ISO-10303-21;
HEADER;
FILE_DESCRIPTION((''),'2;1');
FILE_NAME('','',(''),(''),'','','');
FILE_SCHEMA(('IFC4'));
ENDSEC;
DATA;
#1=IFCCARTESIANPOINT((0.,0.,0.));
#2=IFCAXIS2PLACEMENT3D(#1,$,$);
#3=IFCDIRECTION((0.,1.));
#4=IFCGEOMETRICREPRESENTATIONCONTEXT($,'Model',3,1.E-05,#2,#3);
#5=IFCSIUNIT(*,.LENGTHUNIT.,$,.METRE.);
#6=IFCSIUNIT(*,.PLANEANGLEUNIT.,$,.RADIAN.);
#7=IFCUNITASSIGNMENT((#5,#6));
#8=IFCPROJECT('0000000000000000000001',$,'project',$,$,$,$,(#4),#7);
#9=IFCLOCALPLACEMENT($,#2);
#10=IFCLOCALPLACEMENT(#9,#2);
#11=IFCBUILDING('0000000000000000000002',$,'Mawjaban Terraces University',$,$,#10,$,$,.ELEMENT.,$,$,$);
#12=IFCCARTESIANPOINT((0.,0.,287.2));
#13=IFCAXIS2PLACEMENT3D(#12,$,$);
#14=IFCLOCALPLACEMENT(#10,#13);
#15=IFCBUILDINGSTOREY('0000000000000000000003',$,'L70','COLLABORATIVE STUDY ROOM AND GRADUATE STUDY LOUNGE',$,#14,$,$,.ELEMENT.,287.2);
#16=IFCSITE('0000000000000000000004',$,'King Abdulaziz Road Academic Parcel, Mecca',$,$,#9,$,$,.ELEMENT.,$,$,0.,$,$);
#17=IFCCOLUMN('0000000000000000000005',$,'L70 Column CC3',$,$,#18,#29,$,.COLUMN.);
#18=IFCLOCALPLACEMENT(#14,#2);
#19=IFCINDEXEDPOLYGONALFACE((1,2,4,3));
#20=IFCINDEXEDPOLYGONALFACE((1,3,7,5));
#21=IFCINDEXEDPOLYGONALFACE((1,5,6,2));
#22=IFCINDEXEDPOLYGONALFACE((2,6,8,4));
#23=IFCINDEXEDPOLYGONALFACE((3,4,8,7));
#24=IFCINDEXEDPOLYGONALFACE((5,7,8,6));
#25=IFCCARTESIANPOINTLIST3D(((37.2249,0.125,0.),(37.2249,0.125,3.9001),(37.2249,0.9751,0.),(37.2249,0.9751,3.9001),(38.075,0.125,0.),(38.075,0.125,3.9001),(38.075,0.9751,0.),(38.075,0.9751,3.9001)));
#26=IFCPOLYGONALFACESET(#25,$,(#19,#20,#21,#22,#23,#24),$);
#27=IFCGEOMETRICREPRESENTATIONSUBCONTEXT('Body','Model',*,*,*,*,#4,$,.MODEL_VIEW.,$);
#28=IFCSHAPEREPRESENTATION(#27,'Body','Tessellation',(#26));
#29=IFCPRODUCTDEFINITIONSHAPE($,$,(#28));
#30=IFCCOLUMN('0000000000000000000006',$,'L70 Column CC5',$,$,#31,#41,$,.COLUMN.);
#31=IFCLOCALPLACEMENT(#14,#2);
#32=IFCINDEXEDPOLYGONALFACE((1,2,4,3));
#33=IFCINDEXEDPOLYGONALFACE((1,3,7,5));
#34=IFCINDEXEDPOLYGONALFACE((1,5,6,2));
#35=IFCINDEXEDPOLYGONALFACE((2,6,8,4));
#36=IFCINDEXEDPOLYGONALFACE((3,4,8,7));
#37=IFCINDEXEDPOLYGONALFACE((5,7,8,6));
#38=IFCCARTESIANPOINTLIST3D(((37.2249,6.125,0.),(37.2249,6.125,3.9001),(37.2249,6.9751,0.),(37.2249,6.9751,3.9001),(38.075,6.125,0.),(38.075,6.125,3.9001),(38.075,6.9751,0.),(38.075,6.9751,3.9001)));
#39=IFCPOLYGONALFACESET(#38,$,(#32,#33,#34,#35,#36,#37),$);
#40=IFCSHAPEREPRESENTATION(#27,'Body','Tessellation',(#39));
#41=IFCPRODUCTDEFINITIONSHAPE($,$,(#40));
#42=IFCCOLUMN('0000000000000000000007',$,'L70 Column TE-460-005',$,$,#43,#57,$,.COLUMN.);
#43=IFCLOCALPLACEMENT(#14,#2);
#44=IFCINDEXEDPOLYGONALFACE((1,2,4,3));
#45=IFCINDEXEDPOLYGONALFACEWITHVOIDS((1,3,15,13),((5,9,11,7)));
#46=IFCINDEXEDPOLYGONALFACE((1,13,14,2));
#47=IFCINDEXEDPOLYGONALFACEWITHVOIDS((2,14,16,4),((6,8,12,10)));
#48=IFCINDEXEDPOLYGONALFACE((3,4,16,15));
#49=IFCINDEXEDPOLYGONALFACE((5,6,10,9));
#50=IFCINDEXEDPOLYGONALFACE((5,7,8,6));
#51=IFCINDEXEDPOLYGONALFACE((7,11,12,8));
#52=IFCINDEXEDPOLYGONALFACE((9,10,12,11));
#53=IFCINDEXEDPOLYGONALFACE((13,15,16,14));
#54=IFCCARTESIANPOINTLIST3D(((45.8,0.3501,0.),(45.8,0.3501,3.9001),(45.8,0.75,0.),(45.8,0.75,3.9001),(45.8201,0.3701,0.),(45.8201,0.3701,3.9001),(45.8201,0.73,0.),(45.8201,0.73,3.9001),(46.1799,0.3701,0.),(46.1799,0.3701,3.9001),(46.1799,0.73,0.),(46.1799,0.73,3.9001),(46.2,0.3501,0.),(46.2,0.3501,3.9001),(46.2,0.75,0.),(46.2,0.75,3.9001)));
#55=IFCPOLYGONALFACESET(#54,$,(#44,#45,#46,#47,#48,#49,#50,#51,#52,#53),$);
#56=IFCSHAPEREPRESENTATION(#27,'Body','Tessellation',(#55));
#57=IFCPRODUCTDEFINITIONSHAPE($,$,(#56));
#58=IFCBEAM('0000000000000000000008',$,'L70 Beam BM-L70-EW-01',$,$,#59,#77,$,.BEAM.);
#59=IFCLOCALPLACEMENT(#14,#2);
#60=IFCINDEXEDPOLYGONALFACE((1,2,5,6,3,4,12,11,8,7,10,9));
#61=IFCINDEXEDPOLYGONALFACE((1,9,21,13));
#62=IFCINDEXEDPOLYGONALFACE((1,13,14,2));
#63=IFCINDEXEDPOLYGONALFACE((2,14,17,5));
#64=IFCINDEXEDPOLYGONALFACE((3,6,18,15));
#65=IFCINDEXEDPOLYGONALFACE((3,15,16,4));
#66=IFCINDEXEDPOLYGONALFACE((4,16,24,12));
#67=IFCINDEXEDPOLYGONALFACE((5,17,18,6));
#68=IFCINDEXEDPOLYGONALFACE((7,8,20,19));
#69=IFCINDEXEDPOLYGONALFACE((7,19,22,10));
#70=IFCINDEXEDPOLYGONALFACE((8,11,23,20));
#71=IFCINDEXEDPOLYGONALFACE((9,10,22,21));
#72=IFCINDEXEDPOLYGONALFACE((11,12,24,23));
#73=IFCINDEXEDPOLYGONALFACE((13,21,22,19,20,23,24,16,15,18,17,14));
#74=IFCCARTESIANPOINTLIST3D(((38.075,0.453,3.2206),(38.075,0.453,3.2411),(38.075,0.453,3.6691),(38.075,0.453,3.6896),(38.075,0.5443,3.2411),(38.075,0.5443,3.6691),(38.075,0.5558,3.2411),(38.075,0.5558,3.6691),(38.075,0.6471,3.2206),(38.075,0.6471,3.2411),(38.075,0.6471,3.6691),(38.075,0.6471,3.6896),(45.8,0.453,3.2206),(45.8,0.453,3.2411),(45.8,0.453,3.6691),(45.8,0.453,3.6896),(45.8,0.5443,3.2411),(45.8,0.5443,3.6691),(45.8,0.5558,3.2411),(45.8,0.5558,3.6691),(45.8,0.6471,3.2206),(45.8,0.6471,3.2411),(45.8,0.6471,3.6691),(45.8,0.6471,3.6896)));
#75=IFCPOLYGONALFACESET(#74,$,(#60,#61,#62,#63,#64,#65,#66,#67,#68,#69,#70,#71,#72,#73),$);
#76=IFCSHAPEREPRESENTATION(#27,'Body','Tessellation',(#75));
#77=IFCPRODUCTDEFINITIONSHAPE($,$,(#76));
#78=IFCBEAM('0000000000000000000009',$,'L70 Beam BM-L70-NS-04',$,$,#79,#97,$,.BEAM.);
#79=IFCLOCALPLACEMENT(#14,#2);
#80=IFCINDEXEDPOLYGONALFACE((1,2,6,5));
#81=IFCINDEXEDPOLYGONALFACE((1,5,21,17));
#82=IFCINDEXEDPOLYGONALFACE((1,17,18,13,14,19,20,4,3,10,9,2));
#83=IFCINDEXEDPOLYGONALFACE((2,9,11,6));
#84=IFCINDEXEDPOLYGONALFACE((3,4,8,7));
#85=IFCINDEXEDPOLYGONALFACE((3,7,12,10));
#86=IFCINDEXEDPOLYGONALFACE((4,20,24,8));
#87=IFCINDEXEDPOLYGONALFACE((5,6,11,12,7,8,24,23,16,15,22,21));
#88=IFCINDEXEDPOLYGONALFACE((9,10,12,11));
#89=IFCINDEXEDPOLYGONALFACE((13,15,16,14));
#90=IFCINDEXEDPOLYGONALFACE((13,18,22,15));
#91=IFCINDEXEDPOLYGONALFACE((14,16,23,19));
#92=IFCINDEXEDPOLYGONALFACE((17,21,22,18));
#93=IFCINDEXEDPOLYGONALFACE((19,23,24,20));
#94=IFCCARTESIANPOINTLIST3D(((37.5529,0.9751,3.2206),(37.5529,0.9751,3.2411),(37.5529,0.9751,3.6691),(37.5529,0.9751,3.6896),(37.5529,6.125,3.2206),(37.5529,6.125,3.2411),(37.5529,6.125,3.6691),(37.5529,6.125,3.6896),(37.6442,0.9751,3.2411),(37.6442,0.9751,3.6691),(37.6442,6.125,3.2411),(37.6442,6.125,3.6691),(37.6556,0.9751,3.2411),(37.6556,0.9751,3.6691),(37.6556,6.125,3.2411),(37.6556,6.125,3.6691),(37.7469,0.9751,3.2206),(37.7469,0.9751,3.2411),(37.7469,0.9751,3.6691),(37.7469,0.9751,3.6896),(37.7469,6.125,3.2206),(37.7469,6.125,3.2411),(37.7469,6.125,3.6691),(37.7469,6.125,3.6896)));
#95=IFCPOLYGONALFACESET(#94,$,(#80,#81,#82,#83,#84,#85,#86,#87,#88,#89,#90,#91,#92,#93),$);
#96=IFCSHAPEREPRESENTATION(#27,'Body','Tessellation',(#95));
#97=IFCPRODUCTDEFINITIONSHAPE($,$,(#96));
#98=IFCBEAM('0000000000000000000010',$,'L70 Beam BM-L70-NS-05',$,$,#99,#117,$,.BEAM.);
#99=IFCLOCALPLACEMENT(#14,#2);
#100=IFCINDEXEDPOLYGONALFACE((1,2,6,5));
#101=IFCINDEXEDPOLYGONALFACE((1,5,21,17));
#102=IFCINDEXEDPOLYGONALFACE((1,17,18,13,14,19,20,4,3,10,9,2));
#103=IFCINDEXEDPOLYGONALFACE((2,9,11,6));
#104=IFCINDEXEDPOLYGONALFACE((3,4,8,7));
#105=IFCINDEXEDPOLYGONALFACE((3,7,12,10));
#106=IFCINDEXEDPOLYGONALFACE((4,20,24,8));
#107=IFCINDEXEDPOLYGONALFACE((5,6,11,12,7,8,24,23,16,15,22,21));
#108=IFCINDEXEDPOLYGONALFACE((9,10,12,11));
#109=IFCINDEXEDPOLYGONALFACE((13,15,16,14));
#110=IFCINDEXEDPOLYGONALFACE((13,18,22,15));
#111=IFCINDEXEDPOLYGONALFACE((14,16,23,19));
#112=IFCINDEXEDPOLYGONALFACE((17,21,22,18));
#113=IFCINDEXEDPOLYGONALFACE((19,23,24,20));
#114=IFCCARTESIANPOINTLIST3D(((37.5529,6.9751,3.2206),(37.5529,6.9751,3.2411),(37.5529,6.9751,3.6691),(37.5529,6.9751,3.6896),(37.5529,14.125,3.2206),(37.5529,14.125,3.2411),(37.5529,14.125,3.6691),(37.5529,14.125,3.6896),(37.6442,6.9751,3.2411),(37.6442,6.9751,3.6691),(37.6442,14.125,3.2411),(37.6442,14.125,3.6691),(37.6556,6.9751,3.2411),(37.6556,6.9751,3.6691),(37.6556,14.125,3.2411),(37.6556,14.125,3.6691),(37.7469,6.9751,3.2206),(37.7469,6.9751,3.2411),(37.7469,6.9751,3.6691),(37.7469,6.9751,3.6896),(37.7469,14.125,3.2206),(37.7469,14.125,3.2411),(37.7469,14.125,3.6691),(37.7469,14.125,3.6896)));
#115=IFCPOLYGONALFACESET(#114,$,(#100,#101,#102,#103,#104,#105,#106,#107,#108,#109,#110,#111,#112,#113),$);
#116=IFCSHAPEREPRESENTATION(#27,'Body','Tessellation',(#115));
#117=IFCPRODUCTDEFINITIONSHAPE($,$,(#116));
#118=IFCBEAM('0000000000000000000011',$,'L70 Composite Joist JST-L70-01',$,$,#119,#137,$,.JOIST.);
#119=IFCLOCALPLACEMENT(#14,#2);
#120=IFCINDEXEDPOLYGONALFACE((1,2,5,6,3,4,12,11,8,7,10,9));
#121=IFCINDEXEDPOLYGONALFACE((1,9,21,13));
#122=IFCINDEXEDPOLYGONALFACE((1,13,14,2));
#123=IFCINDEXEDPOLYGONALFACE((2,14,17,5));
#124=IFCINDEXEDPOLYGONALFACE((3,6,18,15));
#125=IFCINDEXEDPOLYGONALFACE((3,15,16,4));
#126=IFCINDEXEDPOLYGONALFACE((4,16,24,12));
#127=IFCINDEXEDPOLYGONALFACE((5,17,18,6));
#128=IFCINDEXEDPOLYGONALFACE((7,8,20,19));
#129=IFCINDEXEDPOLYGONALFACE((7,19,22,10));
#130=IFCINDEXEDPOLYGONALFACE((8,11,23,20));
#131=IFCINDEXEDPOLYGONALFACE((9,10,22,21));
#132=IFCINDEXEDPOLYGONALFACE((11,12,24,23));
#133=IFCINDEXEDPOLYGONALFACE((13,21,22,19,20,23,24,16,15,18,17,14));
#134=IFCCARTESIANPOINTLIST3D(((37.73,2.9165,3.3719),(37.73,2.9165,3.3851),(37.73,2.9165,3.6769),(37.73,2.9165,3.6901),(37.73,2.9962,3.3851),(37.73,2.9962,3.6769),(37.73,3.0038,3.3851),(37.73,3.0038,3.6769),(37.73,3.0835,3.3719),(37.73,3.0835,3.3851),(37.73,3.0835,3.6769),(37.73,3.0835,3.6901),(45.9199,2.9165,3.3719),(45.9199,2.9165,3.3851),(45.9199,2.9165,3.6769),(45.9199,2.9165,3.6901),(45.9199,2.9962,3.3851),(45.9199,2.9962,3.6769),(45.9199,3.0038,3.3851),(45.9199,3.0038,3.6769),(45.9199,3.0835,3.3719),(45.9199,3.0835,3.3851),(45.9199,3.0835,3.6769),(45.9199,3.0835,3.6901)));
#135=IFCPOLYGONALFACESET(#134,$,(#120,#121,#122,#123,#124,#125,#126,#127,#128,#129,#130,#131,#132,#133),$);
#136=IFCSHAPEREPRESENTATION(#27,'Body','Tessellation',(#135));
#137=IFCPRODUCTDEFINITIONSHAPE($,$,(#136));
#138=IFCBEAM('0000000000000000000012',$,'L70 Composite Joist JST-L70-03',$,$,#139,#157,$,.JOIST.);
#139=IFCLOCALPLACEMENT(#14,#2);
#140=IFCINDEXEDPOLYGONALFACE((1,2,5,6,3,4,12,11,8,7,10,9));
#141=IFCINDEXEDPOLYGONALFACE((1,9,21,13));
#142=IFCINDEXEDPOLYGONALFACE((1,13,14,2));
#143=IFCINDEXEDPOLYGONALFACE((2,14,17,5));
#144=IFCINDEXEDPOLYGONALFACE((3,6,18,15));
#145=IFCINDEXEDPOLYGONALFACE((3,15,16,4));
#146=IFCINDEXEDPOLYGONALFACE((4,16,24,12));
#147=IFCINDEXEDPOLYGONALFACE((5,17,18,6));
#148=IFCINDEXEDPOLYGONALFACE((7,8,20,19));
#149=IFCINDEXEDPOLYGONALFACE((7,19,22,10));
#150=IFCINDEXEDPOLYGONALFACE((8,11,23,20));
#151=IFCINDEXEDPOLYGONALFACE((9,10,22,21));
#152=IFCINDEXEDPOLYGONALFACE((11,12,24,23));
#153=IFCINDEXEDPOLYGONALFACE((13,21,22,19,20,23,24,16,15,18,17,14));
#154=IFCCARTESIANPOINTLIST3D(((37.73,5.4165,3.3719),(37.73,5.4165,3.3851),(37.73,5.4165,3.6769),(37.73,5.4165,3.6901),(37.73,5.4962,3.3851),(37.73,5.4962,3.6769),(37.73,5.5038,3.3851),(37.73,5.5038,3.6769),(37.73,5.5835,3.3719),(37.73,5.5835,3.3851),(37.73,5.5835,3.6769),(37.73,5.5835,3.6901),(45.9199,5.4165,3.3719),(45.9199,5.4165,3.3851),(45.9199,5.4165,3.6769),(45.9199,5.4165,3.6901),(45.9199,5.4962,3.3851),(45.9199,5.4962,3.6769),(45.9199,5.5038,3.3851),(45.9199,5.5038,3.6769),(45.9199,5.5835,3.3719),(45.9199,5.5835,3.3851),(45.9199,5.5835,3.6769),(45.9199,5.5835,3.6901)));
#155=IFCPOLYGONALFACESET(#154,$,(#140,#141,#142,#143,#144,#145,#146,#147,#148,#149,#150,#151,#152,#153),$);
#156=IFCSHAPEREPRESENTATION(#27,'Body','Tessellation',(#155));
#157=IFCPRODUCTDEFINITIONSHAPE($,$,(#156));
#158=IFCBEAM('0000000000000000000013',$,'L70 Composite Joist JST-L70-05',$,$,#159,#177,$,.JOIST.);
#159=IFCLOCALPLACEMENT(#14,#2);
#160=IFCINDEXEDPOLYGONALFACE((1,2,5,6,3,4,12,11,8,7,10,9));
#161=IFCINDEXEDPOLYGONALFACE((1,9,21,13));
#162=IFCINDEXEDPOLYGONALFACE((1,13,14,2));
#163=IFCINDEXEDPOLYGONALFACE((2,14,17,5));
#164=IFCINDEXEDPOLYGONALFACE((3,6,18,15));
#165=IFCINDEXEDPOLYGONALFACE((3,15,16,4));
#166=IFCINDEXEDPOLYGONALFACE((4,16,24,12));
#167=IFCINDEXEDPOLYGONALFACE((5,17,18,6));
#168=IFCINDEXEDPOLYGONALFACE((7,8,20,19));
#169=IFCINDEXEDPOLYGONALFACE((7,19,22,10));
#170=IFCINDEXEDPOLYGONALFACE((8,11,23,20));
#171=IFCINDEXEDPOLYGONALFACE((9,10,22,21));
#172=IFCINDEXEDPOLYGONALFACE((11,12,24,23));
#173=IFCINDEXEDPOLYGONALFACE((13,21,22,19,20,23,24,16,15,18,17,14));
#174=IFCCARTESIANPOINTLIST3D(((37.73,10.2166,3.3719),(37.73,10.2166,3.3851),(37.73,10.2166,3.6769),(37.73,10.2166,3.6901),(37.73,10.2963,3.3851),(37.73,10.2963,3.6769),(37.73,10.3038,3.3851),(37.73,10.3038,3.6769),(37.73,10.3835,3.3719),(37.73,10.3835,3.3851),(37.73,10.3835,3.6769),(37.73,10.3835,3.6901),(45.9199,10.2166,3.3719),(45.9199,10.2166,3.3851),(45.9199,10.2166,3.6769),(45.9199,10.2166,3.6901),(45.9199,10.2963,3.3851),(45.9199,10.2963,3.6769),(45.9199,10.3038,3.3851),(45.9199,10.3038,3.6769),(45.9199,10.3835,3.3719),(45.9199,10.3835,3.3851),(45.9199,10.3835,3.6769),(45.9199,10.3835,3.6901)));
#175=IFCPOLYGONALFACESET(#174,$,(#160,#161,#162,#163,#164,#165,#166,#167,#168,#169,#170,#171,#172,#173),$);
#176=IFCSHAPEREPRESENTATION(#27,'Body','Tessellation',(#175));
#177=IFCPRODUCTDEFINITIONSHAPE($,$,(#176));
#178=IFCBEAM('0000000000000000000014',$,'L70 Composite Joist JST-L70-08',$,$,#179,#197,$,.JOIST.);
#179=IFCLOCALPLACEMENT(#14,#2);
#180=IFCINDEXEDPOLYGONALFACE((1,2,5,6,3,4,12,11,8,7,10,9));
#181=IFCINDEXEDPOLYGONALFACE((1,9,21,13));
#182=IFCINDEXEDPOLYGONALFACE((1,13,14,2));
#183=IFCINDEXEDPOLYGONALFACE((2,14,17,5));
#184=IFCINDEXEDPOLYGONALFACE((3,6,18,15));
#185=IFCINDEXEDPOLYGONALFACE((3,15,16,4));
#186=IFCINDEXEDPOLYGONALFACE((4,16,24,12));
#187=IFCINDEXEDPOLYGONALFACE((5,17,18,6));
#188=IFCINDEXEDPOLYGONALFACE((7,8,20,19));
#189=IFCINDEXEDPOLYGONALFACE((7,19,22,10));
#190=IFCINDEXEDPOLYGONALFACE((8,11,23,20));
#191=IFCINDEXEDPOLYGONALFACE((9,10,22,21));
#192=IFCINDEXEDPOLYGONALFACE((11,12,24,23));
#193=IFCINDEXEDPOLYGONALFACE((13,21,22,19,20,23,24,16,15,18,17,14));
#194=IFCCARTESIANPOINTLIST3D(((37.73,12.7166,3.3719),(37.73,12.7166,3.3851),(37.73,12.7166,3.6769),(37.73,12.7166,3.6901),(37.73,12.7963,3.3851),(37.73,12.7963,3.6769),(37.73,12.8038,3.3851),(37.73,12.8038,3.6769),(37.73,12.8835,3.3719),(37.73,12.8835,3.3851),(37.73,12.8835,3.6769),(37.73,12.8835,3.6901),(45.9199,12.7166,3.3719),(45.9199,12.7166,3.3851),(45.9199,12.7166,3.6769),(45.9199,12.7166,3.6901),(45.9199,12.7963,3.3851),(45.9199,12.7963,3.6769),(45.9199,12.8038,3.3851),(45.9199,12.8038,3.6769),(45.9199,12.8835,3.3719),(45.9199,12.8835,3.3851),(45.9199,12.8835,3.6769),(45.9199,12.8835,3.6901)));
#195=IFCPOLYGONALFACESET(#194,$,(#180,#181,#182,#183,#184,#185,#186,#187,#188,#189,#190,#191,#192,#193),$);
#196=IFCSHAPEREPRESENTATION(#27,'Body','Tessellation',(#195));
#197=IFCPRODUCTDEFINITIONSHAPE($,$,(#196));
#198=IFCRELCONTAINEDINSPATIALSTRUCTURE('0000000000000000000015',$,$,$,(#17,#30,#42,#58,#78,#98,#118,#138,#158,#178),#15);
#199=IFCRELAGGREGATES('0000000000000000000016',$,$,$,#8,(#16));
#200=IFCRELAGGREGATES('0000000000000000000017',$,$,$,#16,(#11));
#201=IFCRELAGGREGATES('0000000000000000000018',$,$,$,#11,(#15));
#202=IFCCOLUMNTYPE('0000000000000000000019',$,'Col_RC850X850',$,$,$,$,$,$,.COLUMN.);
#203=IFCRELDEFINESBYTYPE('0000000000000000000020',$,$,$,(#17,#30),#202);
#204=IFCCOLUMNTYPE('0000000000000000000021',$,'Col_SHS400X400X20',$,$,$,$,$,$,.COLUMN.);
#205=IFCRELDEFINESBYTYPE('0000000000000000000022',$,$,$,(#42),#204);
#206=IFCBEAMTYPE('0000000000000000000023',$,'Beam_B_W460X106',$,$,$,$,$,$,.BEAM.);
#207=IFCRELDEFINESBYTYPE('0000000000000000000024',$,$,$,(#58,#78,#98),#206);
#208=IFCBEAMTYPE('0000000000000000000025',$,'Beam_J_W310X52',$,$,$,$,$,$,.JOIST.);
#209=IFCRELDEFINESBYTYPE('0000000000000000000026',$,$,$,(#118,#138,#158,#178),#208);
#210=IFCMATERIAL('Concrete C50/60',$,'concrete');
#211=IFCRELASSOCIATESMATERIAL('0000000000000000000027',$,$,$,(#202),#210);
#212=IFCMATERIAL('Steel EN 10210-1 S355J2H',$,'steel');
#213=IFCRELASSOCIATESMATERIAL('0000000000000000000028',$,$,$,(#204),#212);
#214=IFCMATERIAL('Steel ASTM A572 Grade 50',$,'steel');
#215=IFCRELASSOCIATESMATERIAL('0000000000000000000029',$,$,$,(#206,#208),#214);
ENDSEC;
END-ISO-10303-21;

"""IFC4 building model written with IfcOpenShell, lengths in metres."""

from ifc_helpers import new_model, si_unit, direction, frame, origin, origin_2d, place, context, subcontext, project, spatial, rectangle, hollow_rectangle, i_section, extrude, material, material_profile, profile_set, type_object, element, save


model = new_model("IFC4")

# Units and contexts
model_context = context("Model", 3, precision=1e-05, world=origin(), true_north=direction((0.0, 1.0)))
body_context = subcontext(model_context, "Body", "Model", "MODEL_VIEW")
ifc_project = project(units=[si_unit("LENGTHUNIT", "METRE"), si_unit("PLANEANGLEUNIT", "RADIAN")], contexts=[model_context])

# Site, building, storey
site_placement = place(None, origin())
site = spatial("IfcSite", under=ifc_project, at=site_placement, Name="King Abdulaziz Road Academic Parcel, Mecca", CompositionType="ELEMENT", RefElevation=0.0)
building_placement = place(site_placement, origin())
building = spatial("IfcBuilding", under=site, at=building_placement, Name="Mawjaban Terraces University", CompositionType="ELEMENT")
storey_placement = place(building_placement, frame((0.0, 0.0, 287.2)))
storey = spatial("IfcBuildingStorey", under=building, at=storey_placement, Name="L70", Description="COLLABORATIVE STUDY ROOM AND GRADUATE STUDY LOUNGE", CompositionType="ELEMENT", Elevation=287.2)

# Columns
ifc_material_1 = material(Name="Concrete C50/60", Category="concrete")
ifc_material_profile_1 = material_profile(ifc_material_1, rectangle(XDim=0.8501, YDim=0.8501, at=origin_2d()), Name="RC850X850")
ifc_profile_set_1 = profile_set([ifc_material_profile_1], Name="Concrete C50/60")
column_type_1 = type_object("IfcColumnType", Name="Col_RC850X850", PredefinedType="COLUMN", material=ifc_profile_set_1)
for number, where, z_axis, x_axis, name in (
    (1, (37.6499, 0.55, 0.0), (0.0, 0.0, 1.0), (1.0, 0.0, 0.0), "L70 Column CC3"),
    (2, (37.6499, 6.55, 0.0), (0.0, 0.0, 1.0), (1.0, 0.0, 0.0), "L70 Column CC5"),
):
    element("IfcColumn", number, at=place(storey_placement, frame(where, z_axis=z_axis, x_axis=x_axis)), inside=storey, type_object=column_type_1, Name=name, PredefinedType="COLUMN", context=body_context, shape_type="SweptSolid", body=[
        extrude(rectangle(XDim=0.8501, YDim=0.8501, at=origin_2d()), origin(), (0.0, 0.0, 1.0), 3.9001),
    ])
ifc_material_2 = material(Name="Steel EN 10210-1 S355J2H", Category="steel")
ifc_material_profile_2 = material_profile(ifc_material_2, hollow_rectangle(XDim=0.3999, YDim=0.3999, WallThickness=0.02, at=origin_2d()), Name="SHS400X400X20")
ifc_profile_set_2 = profile_set([ifc_material_profile_2], Name="Steel EN 10210-1 S355J2H")
column_type_2 = type_object("IfcColumnType", Name="Col_SHS400X400X20", PredefinedType="COLUMN", material=ifc_profile_set_2)
column_placement = place(storey_placement, frame((46.0, 0.55, 0.0), z_axis=(0.0, 0.0, 1.0), x_axis=(1.0, 0.0, 0.0)))
element("IfcColumn", 3, at=column_placement, inside=storey, type_object=column_type_2, Name="L70 Column TE-460-005", PredefinedType="COLUMN", context=body_context, shape_type="SweptSolid", body=[
    extrude(hollow_rectangle(XDim=0.3999, YDim=0.3999, WallThickness=0.02, at=origin_2d()), origin(), (0.0, 0.0, 1.0), 3.9001),
])

# Beams
ifc_material_3 = material(Name="Steel ASTM A572 Grade 50", Category="steel")
ifc_material_profile_3 = material_profile(ifc_material_3, i_section(OverallWidth=0.1941, OverallDepth=0.469, WebThickness=0.0115, FlangeThickness=0.0205, at=origin_2d()), Name="W460X106")
ifc_profile_set_3 = profile_set([ifc_material_profile_3], Name="Steel ASTM A572 Grade 50")
beam_type_1 = type_object("IfcBeamType", Name="Beam_B_W460X106", PredefinedType="BEAM", material=ifc_profile_set_3)
beam_1_placement = place(storey_placement, frame((38.075, 0.55, 3.4551), z_axis=(1.0, 0.0, 0.0), x_axis=(0.0, 1.0, 0.0)))
element("IfcBeam", 4, at=beam_1_placement, inside=storey, type_object=beam_type_1, Name="L70 Beam BM-L70-EW-01", PredefinedType="BEAM", context=body_context, shape_type="SweptSolid", body=[
    extrude(i_section(OverallWidth=0.1941, OverallDepth=0.469, WebThickness=0.0115, FlangeThickness=0.0205, at=origin_2d()), origin(), (0.0, 0.0, 1.0), 7.7251),
])
beam_2_placement = place(storey_placement, frame((37.6499, 0.9751, 3.4551), z_axis=(0.0, 1.0, 0.0), x_axis=(-1.0, 0.0, 0.0)))
element("IfcBeam", 5, at=beam_2_placement, inside=storey, type_object=beam_type_1, Name="L70 Beam BM-L70-NS-04", PredefinedType="BEAM", context=body_context, shape_type="SweptSolid", body=[
    extrude(i_section(OverallWidth=0.1941, OverallDepth=0.469, WebThickness=0.0115, FlangeThickness=0.0205, at=origin_2d()), origin(), (0.0, 0.0, 1.0), 5.1499),
])
beam_3_placement = place(storey_placement, frame((37.6499, 6.9751, 3.4551), z_axis=(0.0, 1.0, 0.0), x_axis=(-1.0, 0.0, 0.0)))
element("IfcBeam", 6, at=beam_3_placement, inside=storey, type_object=beam_type_1, Name="L70 Beam BM-L70-NS-05", PredefinedType="BEAM", context=body_context, shape_type="SweptSolid", body=[
    extrude(i_section(OverallWidth=0.1941, OverallDepth=0.469, WebThickness=0.0115, FlangeThickness=0.0205, at=origin_2d()), origin(), (0.0, 0.0, 1.0), 7.1499),
])
ifc_material_profile_4 = material_profile(ifc_material_3, i_section(OverallWidth=0.167, OverallDepth=0.3181, WebThickness=0.0076, FlangeThickness=0.0132, at=origin_2d()), Name="W310X52")
ifc_profile_set_4 = profile_set([ifc_material_profile_4], Name="Steel ASTM A572 Grade 50")
beam_type_2 = type_object("IfcBeamType", Name="Beam_J_W310X52", PredefinedType="JOIST", material=ifc_profile_set_4)
for number, where, z_axis, x_axis, name in (
    (7, (37.73, 3.0, 3.531), (1.0, 0.0, 0.0), (0.0, 1.0, 0.0), "L70 Composite Joist JST-L70-01"),
    (8, (37.73, 5.5, 3.531), (1.0, 0.0, 0.0), (0.0, 1.0, 0.0), "L70 Composite Joist JST-L70-03"),
    (9, (37.73, 10.3, 3.531), (1.0, 0.0, 0.0), (0.0, 1.0, 0.0), "L70 Composite Joist JST-L70-05"),
    (10, (37.73, 12.8, 3.531), (1.0, 0.0, 0.0), (0.0, 1.0, 0.0), "L70 Composite Joist JST-L70-08"),
):
    element("IfcBeam", number, at=place(storey_placement, frame(where, z_axis=z_axis, x_axis=x_axis)), inside=storey, type_object=beam_type_2, Name=name, PredefinedType="JOIST", context=body_context, shape_type="SweptSolid", body=[
        extrude(i_section(OverallWidth=0.167, OverallDepth=0.3181, WebThickness=0.0076, FlangeThickness=0.0132, at=origin_2d()), origin(), (0.0, 0.0, 1.0), 8.1899),
    ])

save(model, "model.ifc")
